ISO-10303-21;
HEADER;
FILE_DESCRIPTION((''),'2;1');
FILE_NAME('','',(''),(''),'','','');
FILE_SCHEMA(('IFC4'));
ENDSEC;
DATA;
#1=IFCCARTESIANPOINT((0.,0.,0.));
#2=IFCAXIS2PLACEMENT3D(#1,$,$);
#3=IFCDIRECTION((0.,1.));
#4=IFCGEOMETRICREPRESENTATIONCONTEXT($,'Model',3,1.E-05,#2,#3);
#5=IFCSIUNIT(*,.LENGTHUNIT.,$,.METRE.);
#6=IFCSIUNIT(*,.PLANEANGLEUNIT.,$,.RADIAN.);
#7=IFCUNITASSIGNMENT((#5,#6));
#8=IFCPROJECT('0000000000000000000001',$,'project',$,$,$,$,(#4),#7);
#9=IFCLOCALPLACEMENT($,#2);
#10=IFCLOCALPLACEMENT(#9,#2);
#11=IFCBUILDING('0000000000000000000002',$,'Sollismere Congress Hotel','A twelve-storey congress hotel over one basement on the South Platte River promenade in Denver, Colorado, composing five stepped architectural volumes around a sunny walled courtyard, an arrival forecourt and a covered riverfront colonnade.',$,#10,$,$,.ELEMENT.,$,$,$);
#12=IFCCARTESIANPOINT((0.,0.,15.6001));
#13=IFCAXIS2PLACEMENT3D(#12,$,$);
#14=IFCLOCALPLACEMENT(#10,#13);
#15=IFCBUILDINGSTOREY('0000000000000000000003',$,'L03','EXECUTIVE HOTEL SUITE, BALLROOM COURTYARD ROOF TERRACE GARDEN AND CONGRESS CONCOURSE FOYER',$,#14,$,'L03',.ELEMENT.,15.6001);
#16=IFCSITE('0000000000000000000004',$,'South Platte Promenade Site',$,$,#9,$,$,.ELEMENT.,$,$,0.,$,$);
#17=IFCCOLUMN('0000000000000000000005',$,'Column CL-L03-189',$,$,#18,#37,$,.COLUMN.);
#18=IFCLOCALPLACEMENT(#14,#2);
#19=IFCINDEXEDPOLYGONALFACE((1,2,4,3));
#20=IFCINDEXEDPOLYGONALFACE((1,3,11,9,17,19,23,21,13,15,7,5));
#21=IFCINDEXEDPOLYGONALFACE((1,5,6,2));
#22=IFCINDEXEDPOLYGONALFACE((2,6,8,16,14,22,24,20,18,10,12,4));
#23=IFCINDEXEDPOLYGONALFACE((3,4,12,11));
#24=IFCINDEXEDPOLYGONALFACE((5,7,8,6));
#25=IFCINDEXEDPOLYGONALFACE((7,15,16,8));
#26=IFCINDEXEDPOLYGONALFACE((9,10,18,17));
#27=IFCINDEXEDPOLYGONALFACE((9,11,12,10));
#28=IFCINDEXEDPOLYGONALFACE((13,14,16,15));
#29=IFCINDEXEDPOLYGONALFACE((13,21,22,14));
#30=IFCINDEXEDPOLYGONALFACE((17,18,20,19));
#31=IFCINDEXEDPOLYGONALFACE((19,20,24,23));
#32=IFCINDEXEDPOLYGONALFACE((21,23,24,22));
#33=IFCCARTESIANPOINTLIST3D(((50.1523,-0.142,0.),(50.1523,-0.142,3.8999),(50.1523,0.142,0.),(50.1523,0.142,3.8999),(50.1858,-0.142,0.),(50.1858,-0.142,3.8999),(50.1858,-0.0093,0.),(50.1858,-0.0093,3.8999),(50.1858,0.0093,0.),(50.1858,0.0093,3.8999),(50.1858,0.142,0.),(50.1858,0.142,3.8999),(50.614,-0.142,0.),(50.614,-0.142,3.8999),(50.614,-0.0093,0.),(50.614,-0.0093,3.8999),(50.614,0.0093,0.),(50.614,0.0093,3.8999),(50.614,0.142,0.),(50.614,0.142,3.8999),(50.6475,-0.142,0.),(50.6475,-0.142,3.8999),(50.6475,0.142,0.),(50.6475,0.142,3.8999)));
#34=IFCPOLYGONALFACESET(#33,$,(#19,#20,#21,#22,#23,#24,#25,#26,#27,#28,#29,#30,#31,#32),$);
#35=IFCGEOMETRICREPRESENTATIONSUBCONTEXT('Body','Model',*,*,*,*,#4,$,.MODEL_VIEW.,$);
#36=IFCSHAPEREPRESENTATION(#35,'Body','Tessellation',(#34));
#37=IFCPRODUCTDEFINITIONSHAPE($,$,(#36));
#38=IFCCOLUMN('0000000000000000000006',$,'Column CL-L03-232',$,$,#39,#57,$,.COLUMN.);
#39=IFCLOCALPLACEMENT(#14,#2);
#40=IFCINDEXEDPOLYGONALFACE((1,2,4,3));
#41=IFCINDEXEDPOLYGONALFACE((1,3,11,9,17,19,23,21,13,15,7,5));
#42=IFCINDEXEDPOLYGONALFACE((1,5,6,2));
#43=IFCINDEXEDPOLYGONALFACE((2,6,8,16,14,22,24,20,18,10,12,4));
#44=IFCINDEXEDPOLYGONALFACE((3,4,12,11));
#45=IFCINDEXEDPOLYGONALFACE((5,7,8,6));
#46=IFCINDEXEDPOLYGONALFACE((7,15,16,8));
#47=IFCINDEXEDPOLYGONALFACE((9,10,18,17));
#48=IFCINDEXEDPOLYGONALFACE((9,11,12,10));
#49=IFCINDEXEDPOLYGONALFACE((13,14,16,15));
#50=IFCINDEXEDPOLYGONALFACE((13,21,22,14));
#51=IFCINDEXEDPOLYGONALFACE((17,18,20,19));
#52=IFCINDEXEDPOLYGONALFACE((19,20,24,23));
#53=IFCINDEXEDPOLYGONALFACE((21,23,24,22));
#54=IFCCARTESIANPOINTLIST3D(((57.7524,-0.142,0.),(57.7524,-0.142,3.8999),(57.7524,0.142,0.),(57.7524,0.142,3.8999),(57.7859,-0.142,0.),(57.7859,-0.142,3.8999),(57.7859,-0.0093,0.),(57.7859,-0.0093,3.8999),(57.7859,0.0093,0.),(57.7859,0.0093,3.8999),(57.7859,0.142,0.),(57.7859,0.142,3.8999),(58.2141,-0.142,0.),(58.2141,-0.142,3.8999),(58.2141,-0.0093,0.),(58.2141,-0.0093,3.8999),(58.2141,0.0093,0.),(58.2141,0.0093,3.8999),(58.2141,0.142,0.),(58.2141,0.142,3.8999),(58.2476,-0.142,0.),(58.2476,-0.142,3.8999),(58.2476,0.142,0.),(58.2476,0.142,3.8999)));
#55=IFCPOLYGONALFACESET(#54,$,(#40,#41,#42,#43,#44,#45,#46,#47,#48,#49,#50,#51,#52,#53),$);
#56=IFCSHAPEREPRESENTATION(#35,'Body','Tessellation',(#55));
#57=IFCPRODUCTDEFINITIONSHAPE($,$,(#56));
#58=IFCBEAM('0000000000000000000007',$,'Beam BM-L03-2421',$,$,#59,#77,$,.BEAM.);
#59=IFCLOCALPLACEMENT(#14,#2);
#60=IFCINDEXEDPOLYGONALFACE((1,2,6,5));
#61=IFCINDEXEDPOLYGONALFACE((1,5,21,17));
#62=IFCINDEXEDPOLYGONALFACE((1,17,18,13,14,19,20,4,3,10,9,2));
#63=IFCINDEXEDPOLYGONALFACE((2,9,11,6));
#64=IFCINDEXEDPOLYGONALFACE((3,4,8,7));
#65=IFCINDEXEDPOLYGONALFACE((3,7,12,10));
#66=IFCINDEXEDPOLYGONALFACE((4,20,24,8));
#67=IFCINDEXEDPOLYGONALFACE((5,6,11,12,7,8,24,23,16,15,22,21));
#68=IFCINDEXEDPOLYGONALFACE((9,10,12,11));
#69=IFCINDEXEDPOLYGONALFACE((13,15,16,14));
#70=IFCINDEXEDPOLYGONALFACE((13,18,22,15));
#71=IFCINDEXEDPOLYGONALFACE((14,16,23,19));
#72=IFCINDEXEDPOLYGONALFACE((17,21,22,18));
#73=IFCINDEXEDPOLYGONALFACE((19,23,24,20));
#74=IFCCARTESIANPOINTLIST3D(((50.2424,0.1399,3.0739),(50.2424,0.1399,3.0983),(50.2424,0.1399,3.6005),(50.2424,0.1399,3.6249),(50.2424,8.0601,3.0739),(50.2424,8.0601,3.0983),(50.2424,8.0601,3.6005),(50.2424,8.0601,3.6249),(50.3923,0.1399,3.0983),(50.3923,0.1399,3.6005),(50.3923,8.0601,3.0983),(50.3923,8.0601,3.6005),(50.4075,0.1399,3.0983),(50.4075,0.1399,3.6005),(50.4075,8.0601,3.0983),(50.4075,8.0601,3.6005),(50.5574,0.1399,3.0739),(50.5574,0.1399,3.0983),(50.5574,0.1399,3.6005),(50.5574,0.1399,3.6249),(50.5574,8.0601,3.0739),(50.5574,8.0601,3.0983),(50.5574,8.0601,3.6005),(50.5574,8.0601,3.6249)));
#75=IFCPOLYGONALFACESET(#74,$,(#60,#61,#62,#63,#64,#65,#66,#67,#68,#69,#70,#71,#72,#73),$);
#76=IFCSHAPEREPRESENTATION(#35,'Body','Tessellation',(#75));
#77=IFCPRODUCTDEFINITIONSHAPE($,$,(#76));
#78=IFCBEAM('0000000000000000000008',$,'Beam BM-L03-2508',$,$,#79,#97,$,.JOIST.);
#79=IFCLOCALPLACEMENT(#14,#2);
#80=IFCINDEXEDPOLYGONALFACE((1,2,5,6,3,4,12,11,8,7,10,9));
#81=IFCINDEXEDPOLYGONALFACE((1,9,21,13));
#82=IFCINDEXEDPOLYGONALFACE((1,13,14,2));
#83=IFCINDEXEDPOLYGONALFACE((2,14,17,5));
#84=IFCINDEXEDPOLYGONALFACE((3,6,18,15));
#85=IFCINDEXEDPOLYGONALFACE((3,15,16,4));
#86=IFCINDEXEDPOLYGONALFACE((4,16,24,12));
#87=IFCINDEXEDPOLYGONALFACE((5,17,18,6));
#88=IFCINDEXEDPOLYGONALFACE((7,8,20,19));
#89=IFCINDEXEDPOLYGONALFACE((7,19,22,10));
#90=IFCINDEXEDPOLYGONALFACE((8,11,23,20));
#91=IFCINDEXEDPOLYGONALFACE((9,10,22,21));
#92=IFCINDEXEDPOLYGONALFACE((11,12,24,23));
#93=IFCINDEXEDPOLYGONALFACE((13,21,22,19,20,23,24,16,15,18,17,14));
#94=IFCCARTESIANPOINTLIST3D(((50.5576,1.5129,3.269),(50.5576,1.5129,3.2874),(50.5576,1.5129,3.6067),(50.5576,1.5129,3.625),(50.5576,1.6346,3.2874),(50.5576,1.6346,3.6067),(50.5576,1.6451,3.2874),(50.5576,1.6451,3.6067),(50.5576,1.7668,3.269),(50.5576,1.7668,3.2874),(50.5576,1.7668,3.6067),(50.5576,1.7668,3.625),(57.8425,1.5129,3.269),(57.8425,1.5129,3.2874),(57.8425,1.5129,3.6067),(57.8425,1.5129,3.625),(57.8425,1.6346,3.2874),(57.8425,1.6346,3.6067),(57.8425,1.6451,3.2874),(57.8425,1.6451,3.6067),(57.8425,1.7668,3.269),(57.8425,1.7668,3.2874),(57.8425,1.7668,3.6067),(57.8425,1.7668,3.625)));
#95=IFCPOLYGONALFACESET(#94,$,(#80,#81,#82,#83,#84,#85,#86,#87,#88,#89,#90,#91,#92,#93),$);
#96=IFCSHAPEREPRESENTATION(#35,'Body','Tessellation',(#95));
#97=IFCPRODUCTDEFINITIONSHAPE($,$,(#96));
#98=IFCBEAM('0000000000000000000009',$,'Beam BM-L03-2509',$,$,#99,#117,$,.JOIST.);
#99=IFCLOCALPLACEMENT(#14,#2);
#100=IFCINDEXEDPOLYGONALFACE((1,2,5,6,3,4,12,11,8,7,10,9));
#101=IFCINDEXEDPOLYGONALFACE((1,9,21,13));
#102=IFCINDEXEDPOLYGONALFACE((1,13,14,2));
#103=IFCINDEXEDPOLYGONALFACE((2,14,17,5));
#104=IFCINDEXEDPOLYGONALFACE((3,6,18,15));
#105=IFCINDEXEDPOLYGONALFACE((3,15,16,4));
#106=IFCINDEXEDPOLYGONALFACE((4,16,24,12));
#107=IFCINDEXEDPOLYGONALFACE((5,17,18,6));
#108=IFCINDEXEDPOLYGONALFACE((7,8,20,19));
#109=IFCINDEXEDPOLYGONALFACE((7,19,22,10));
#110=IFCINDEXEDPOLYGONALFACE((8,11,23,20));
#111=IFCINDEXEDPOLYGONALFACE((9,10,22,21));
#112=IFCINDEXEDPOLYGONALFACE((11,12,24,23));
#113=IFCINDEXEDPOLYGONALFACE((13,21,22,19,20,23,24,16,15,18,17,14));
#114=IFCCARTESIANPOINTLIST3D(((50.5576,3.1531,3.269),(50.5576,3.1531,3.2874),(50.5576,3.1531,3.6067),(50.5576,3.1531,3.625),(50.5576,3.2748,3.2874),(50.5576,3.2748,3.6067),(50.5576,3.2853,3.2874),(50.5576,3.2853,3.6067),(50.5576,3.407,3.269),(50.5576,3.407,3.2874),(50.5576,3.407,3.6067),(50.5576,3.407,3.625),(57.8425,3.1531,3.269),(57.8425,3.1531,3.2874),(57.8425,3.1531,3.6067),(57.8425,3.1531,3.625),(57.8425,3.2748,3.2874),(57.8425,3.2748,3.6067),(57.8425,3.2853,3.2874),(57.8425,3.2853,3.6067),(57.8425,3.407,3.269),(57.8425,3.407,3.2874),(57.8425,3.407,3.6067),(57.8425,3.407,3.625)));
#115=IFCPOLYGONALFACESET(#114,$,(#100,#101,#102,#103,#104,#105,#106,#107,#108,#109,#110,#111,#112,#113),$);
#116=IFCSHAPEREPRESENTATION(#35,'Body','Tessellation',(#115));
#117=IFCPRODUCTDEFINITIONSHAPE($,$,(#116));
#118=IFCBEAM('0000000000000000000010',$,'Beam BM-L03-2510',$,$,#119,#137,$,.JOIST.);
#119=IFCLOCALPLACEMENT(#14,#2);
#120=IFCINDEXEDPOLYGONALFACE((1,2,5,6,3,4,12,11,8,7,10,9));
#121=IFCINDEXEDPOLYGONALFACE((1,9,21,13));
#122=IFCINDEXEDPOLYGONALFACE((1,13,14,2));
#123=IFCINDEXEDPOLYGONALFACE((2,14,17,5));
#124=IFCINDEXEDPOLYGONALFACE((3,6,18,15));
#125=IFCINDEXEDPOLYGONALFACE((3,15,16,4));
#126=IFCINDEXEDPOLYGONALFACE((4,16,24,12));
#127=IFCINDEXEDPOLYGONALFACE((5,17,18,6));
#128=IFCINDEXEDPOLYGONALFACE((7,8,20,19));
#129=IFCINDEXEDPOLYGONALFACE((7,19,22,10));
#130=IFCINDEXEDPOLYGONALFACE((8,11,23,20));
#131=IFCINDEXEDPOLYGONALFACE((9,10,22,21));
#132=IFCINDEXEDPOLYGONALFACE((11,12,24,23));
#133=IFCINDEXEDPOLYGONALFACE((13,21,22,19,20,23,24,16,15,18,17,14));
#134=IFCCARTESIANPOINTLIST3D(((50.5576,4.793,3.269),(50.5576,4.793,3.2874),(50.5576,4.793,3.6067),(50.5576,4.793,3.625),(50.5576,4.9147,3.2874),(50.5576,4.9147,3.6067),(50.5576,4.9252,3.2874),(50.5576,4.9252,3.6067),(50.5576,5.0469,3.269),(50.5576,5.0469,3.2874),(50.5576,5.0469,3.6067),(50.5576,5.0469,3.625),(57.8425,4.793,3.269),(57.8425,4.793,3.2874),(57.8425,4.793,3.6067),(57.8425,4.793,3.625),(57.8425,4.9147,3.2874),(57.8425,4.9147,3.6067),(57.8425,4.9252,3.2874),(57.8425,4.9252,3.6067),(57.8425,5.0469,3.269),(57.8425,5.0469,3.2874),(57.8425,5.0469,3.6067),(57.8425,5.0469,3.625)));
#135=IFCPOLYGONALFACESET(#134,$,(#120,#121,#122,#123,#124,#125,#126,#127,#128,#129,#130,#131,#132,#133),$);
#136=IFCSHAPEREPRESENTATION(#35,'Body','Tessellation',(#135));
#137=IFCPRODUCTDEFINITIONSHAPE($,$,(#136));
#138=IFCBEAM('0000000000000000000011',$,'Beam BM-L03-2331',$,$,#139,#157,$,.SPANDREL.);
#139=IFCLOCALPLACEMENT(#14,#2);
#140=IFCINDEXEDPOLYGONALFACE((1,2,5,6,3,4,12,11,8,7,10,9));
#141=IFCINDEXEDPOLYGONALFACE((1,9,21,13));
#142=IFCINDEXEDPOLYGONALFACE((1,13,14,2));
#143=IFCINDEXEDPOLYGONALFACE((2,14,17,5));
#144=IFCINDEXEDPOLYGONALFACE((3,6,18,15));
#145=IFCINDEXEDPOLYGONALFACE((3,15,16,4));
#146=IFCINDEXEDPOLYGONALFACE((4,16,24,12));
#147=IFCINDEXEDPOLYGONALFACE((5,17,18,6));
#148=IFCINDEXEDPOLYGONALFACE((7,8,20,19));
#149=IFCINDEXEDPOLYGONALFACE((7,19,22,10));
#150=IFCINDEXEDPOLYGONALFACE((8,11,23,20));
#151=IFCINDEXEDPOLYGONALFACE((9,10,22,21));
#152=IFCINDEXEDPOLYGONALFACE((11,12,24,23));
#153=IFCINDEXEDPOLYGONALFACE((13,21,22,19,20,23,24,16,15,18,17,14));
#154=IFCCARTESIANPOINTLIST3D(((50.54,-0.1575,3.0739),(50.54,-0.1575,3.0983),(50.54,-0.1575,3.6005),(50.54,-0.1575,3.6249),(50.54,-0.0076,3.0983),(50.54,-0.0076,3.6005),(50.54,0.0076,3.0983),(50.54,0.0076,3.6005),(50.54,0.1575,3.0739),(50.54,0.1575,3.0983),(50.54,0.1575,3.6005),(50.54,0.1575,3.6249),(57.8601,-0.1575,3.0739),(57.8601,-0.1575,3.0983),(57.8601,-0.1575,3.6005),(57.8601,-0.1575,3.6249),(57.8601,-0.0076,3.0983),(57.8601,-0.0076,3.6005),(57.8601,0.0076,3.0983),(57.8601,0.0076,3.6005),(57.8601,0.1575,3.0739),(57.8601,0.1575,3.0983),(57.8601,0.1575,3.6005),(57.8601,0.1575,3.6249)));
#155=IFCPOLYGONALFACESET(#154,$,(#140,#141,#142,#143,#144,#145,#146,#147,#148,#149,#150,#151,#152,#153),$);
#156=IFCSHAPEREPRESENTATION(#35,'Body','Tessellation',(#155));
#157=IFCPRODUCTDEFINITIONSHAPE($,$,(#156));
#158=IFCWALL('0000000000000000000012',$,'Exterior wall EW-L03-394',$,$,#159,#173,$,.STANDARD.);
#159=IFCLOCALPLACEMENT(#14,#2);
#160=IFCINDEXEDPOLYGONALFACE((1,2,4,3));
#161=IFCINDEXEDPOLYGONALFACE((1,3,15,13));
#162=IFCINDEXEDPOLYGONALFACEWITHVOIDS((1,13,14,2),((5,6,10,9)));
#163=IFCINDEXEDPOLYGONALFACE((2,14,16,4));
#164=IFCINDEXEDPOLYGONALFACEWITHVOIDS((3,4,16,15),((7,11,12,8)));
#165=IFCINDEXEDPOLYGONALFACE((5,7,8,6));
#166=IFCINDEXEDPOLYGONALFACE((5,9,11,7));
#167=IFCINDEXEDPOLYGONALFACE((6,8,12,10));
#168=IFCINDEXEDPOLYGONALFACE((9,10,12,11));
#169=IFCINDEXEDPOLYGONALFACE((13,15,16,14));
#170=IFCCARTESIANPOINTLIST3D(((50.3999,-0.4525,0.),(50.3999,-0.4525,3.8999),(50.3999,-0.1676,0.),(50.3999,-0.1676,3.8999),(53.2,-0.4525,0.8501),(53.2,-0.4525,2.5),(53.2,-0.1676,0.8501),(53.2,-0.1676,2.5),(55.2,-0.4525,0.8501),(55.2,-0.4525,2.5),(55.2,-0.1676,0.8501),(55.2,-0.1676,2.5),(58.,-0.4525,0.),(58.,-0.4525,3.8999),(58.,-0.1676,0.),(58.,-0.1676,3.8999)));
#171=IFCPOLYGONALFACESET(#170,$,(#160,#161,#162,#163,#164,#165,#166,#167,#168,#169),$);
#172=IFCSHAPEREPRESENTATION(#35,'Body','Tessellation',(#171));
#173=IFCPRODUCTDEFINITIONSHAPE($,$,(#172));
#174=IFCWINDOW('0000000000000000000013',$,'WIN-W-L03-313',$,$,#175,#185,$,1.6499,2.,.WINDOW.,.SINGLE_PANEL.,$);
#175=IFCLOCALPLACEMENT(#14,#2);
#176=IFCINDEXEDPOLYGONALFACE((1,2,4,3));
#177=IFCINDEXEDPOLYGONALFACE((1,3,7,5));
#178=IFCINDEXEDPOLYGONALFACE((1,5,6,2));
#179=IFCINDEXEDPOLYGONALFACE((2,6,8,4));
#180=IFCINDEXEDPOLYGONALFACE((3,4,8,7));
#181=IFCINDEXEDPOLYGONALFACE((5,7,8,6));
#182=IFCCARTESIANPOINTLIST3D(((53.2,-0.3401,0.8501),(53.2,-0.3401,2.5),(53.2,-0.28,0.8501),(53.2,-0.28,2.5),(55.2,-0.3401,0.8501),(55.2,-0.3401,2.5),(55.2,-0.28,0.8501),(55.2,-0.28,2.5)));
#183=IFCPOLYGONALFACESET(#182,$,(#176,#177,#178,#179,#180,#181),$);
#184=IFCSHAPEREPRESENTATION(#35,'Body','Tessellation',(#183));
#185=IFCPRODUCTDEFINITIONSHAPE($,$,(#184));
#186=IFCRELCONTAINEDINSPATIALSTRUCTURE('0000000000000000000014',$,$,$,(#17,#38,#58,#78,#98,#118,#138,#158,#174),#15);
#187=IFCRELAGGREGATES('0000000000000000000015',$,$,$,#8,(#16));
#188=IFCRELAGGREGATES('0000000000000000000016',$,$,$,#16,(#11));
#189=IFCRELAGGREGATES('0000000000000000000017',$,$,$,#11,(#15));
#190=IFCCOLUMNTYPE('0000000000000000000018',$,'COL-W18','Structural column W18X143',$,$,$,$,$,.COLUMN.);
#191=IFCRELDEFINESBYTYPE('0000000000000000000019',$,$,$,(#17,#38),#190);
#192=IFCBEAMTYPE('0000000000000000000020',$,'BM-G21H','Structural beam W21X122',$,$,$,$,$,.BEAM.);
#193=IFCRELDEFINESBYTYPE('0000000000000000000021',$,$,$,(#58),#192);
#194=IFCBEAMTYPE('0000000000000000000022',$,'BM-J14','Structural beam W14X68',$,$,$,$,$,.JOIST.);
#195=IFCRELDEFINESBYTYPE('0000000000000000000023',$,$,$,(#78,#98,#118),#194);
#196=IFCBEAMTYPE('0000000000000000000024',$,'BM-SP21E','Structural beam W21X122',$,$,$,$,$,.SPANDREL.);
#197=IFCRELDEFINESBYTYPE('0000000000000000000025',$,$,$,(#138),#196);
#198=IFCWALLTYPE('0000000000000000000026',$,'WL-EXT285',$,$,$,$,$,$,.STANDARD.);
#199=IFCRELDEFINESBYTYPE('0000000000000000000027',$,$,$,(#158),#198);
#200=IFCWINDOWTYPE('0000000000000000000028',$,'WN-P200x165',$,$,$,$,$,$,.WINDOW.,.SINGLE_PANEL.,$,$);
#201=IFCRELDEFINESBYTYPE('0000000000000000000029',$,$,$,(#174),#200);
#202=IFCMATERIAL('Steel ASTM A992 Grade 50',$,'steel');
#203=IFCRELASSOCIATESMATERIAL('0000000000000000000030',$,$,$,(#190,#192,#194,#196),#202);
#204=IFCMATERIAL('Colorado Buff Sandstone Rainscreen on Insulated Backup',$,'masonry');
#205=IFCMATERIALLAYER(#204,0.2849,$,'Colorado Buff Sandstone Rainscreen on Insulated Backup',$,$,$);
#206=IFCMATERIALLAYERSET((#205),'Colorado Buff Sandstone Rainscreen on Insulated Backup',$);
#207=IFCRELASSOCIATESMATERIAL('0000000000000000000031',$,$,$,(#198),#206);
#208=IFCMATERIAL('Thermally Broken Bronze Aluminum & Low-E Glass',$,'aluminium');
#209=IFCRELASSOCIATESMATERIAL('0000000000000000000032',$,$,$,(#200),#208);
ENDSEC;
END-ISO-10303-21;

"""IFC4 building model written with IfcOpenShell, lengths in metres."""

from ifc_helpers import new_model, si_unit, direction, frame, frame_2d, origin, origin_2d, place, context, subcontext, project, spatial, rectangle, i_section, extrude, material, layer, layer_set, material_profile, profile_set, type_object, element, fill, save


model = new_model("IFC4")

# Units and contexts
model_context = context("Model", 3, precision=1e-05, world=origin(), true_north=direction((0.0, 1.0)))
body_context = subcontext(model_context, "Body", "Model", "MODEL_VIEW")
ifc_project = project(units=[si_unit("LENGTHUNIT", "METRE"), si_unit("PLANEANGLEUNIT", "RADIAN")], contexts=[model_context])

# Site, building, storey
site_placement = place(None, origin())
site = spatial("IfcSite", under=ifc_project, at=site_placement, Name="South Platte Promenade Site", CompositionType="ELEMENT", RefElevation=0.0)
building_placement = place(site_placement, origin())
building = spatial("IfcBuilding", under=site, at=building_placement, Name="Sollismere Congress Hotel", Description="A twelve-storey congress hotel over one basement on the South Platte River promenade in Denver, Colorado, composing five stepped architectural volumes around a sunny walled courtyard, an arrival forecourt and a covered riverfront colonnade.", CompositionType="ELEMENT")
storey_placement = place(building_placement, frame((0.0, 0.0, 15.6001)))
storey = spatial("IfcBuildingStorey", under=building, at=storey_placement, Name="L03", Description="EXECUTIVE HOTEL SUITE, BALLROOM COURTYARD ROOF TERRACE GARDEN AND CONGRESS CONCOURSE FOYER", LongName="L03", CompositionType="ELEMENT", Elevation=15.6001)

# Columns
ifc_material_1 = material(Name="Steel ASTM A992 Grade 50", Category="steel")
ifc_material_profile_1 = material_profile(ifc_material_1, i_section(OverallWidth=0.2839, OverallDepth=0.4951, WebThickness=0.0186, FlangeThickness=0.0334, at=origin_2d()), Name="W18X143")
ifc_profile_set_1 = profile_set([ifc_material_profile_1], Name="Steel ASTM A992 Grade 50")
column_type = type_object("IfcColumnType", Name="COL-W18", Description="Structural column W18X143", PredefinedType="COLUMN", material=ifc_profile_set_1)
for number, where, z_axis, x_axis, name in (
    (1, (50.3999, 0.0, 0.0), (0.0, 0.0, 1.0), (0.0, 1.0, 0.0), "Column CL-L03-189"),
    (2, (58.0, 0.0, 0.0), (0.0, 0.0, 1.0), (0.0, 1.0, 0.0), "Column CL-L03-232"),
):
    element("IfcColumn", number, at=place(storey_placement, frame(where, z_axis=z_axis, x_axis=x_axis)), inside=storey, type_object=column_type, Name=name, PredefinedType="COLUMN", context=body_context, shape_type="SweptSolid", body=[
        extrude(i_section(OverallWidth=0.2839, OverallDepth=0.4951, WebThickness=0.0186, FlangeThickness=0.0334, at=origin_2d()), origin(), (0.0, 0.0, 1.0), 3.8999),
    ])

# Beams
ifc_material_profile_2 = material_profile(ifc_material_1, i_section(OverallWidth=0.3149, OverallDepth=0.551, WebThickness=0.0151, FlangeThickness=0.0244, at=origin_2d()), Name="W21X122")
ifc_profile_set_2 = profile_set([ifc_material_profile_2], Name="Steel ASTM A992 Grade 50")
beam_type_1 = type_object("IfcBeamType", Name="BM-G21H", Description="Structural beam W21X122", PredefinedType="BEAM", material=ifc_profile_set_2)
beam_1_placement = place(storey_placement, frame((50.3999, 0.1399, 3.3494), z_axis=(0.0, 1.0, 0.0), x_axis=(-1.0, 0.0, 0.0)))
element("IfcBeam", 3, at=beam_1_placement, inside=storey, type_object=beam_type_1, Name="Beam BM-L03-2421", PredefinedType="BEAM", context=body_context, shape_type="SweptSolid", body=[
    extrude(i_section(OverallWidth=0.3149, OverallDepth=0.551, WebThickness=0.0151, FlangeThickness=0.0244, at=origin_2d()), origin(), (0.0, 0.0, 1.0), 7.9202),
])
ifc_material_profile_3 = material_profile(ifc_material_1, i_section(OverallWidth=0.2539, OverallDepth=0.356, WebThickness=0.0105, FlangeThickness=0.0183, at=origin_2d()), Name="W14X68")
ifc_profile_set_3 = profile_set([ifc_material_profile_3], Name="Steel ASTM A992 Grade 50")
beam_type_2 = type_object("IfcBeamType", Name="BM-J14", Description="Structural beam W14X68", PredefinedType="JOIST", material=ifc_profile_set_3)
for number, where, z_axis, x_axis, name in (
    (4, (50.5576, 1.6399, 3.447), (1.0, 0.0, 0.0), (0.0, 1.0, 0.0), "Beam BM-L03-2508"),
    (5, (50.5576, 3.28, 3.447), (1.0, 0.0, 0.0), (0.0, 1.0, 0.0), "Beam BM-L03-2509"),
    (6, (50.5576, 4.9199, 3.447), (1.0, 0.0, 0.0), (0.0, 1.0, 0.0), "Beam BM-L03-2510"),
):
    element("IfcBeam", number, at=place(storey_placement, frame(where, z_axis=z_axis, x_axis=x_axis)), inside=storey, type_object=beam_type_2, Name=name, PredefinedType="JOIST", context=body_context, shape_type="SweptSolid", body=[
        extrude(i_section(OverallWidth=0.2539, OverallDepth=0.356, WebThickness=0.0105, FlangeThickness=0.0183, at=origin_2d()), origin(), (0.0, 0.0, 1.0), 7.2849),
    ])
ifc_material_profile_4 = material_profile(ifc_material_1, i_section(OverallWidth=0.3149, OverallDepth=0.551, WebThickness=0.0151, FlangeThickness=0.0244, at=origin_2d()), Name="W21X122")
ifc_profile_set_4 = profile_set([ifc_material_profile_4], Name="Steel ASTM A992 Grade 50")
beam_type_3 = type_object("IfcBeamType", Name="BM-SP21E", Description="Structural beam W21X122", PredefinedType="SPANDREL", material=ifc_profile_set_4)
beam_2_placement = place(storey_placement, frame((50.54, 0.0, 3.3494), z_axis=(1.0, 0.0, 0.0), x_axis=(0.0, 1.0, 0.0)))
element("IfcBeam", 7, at=beam_2_placement, inside=storey, type_object=beam_type_3, Name="Beam BM-L03-2331", PredefinedType="SPANDREL", context=body_context, shape_type="SweptSolid", body=[
    extrude(i_section(OverallWidth=0.3149, OverallDepth=0.551, WebThickness=0.0151, FlangeThickness=0.0244, at=origin_2d()), origin(), (0.0, 0.0, 1.0), 7.3201),
])

# Wall, opening, window
ifc_material_2 = material(Name="Colorado Buff Sandstone Rainscreen on Insulated Backup", Category="masonry")
ifc_layer_1 = layer(ifc_material_2, 0.2849, Name="Colorado Buff Sandstone Rainscreen on Insulated Backup")
ifc_layer_set_1 = layer_set([ifc_layer_1], Name="Colorado Buff Sandstone Rainscreen on Insulated Backup")
wall_type_1 = type_object("IfcWallType", Name="WL-EXT285", PredefinedType="STANDARD", material=ifc_layer_set_1)
wall_1_placement = place(storey_placement, frame((50.3999, -0.3101, 0.0), z_axis=(0.0, 0.0, 1.0), x_axis=(1.0, 0.0, 0.0)))
wall_1 = element("IfcWall", 8, at=wall_1_placement, inside=storey, type_object=wall_type_1, Name="Exterior wall EW-L03-394", PredefinedType="STANDARD", context=body_context, shape_type="SweptSolid", body=[
    extrude(rectangle(XDim=7.6001, YDim=0.2849, at=frame_2d((3.8, 0.0))), origin(), (0.0, 0.0, 1.0), 3.8999),
])
opening_1_placement = place(wall_1_placement, frame((2.8, 0.0, 0.8501)))
opening_1 = element("IfcOpeningElement", 9, at=opening_1_placement, cuts=wall_1, PredefinedType="OPENING", context=body_context, shape_type="SweptSolid", body=[
    extrude(rectangle(XDim=2.0, YDim=1.6499, at=frame_2d((1.0, 0.825))), frame((0.0, 0.1523, 0.0), z_axis=(0.0, -1.0, 0.0), x_axis=(1.0, 0.0, 0.0)), (0.0, 0.0, 1.0), 0.3049),
])
ifc_material_3 = material(Name="Thermally Broken Bronze Aluminum & Low-E Glass", Category="aluminium")
window_type = type_object("IfcWindowType", Name="WN-P200x165", PartitioningType="SINGLE_PANEL", PredefinedType="WINDOW", material=ifc_material_3)
window_placement = place(opening_1_placement, origin())
window = element("IfcWindow", 10, at=window_placement, inside=storey, type_object=window_type, Name="WIN-W-L03-313", OverallHeight=1.6499, OverallWidth=2.0, PartitioningType="SINGLE_PANEL", PredefinedType="WINDOW", context=body_context, shape_type="SweptSolid", body=[
    extrude(rectangle(XDim=2.0, YDim=1.6499, at=frame_2d((1.0, 0.825))), frame((0.0, 0.03, 0.0), z_axis=(0.0, -1.0, 0.0), x_axis=(1.0, 0.0, 0.0)), (0.0, 0.0, 1.0), 0.0601),
])
fill(opening_1, window)

save(model, "model.ifc")
